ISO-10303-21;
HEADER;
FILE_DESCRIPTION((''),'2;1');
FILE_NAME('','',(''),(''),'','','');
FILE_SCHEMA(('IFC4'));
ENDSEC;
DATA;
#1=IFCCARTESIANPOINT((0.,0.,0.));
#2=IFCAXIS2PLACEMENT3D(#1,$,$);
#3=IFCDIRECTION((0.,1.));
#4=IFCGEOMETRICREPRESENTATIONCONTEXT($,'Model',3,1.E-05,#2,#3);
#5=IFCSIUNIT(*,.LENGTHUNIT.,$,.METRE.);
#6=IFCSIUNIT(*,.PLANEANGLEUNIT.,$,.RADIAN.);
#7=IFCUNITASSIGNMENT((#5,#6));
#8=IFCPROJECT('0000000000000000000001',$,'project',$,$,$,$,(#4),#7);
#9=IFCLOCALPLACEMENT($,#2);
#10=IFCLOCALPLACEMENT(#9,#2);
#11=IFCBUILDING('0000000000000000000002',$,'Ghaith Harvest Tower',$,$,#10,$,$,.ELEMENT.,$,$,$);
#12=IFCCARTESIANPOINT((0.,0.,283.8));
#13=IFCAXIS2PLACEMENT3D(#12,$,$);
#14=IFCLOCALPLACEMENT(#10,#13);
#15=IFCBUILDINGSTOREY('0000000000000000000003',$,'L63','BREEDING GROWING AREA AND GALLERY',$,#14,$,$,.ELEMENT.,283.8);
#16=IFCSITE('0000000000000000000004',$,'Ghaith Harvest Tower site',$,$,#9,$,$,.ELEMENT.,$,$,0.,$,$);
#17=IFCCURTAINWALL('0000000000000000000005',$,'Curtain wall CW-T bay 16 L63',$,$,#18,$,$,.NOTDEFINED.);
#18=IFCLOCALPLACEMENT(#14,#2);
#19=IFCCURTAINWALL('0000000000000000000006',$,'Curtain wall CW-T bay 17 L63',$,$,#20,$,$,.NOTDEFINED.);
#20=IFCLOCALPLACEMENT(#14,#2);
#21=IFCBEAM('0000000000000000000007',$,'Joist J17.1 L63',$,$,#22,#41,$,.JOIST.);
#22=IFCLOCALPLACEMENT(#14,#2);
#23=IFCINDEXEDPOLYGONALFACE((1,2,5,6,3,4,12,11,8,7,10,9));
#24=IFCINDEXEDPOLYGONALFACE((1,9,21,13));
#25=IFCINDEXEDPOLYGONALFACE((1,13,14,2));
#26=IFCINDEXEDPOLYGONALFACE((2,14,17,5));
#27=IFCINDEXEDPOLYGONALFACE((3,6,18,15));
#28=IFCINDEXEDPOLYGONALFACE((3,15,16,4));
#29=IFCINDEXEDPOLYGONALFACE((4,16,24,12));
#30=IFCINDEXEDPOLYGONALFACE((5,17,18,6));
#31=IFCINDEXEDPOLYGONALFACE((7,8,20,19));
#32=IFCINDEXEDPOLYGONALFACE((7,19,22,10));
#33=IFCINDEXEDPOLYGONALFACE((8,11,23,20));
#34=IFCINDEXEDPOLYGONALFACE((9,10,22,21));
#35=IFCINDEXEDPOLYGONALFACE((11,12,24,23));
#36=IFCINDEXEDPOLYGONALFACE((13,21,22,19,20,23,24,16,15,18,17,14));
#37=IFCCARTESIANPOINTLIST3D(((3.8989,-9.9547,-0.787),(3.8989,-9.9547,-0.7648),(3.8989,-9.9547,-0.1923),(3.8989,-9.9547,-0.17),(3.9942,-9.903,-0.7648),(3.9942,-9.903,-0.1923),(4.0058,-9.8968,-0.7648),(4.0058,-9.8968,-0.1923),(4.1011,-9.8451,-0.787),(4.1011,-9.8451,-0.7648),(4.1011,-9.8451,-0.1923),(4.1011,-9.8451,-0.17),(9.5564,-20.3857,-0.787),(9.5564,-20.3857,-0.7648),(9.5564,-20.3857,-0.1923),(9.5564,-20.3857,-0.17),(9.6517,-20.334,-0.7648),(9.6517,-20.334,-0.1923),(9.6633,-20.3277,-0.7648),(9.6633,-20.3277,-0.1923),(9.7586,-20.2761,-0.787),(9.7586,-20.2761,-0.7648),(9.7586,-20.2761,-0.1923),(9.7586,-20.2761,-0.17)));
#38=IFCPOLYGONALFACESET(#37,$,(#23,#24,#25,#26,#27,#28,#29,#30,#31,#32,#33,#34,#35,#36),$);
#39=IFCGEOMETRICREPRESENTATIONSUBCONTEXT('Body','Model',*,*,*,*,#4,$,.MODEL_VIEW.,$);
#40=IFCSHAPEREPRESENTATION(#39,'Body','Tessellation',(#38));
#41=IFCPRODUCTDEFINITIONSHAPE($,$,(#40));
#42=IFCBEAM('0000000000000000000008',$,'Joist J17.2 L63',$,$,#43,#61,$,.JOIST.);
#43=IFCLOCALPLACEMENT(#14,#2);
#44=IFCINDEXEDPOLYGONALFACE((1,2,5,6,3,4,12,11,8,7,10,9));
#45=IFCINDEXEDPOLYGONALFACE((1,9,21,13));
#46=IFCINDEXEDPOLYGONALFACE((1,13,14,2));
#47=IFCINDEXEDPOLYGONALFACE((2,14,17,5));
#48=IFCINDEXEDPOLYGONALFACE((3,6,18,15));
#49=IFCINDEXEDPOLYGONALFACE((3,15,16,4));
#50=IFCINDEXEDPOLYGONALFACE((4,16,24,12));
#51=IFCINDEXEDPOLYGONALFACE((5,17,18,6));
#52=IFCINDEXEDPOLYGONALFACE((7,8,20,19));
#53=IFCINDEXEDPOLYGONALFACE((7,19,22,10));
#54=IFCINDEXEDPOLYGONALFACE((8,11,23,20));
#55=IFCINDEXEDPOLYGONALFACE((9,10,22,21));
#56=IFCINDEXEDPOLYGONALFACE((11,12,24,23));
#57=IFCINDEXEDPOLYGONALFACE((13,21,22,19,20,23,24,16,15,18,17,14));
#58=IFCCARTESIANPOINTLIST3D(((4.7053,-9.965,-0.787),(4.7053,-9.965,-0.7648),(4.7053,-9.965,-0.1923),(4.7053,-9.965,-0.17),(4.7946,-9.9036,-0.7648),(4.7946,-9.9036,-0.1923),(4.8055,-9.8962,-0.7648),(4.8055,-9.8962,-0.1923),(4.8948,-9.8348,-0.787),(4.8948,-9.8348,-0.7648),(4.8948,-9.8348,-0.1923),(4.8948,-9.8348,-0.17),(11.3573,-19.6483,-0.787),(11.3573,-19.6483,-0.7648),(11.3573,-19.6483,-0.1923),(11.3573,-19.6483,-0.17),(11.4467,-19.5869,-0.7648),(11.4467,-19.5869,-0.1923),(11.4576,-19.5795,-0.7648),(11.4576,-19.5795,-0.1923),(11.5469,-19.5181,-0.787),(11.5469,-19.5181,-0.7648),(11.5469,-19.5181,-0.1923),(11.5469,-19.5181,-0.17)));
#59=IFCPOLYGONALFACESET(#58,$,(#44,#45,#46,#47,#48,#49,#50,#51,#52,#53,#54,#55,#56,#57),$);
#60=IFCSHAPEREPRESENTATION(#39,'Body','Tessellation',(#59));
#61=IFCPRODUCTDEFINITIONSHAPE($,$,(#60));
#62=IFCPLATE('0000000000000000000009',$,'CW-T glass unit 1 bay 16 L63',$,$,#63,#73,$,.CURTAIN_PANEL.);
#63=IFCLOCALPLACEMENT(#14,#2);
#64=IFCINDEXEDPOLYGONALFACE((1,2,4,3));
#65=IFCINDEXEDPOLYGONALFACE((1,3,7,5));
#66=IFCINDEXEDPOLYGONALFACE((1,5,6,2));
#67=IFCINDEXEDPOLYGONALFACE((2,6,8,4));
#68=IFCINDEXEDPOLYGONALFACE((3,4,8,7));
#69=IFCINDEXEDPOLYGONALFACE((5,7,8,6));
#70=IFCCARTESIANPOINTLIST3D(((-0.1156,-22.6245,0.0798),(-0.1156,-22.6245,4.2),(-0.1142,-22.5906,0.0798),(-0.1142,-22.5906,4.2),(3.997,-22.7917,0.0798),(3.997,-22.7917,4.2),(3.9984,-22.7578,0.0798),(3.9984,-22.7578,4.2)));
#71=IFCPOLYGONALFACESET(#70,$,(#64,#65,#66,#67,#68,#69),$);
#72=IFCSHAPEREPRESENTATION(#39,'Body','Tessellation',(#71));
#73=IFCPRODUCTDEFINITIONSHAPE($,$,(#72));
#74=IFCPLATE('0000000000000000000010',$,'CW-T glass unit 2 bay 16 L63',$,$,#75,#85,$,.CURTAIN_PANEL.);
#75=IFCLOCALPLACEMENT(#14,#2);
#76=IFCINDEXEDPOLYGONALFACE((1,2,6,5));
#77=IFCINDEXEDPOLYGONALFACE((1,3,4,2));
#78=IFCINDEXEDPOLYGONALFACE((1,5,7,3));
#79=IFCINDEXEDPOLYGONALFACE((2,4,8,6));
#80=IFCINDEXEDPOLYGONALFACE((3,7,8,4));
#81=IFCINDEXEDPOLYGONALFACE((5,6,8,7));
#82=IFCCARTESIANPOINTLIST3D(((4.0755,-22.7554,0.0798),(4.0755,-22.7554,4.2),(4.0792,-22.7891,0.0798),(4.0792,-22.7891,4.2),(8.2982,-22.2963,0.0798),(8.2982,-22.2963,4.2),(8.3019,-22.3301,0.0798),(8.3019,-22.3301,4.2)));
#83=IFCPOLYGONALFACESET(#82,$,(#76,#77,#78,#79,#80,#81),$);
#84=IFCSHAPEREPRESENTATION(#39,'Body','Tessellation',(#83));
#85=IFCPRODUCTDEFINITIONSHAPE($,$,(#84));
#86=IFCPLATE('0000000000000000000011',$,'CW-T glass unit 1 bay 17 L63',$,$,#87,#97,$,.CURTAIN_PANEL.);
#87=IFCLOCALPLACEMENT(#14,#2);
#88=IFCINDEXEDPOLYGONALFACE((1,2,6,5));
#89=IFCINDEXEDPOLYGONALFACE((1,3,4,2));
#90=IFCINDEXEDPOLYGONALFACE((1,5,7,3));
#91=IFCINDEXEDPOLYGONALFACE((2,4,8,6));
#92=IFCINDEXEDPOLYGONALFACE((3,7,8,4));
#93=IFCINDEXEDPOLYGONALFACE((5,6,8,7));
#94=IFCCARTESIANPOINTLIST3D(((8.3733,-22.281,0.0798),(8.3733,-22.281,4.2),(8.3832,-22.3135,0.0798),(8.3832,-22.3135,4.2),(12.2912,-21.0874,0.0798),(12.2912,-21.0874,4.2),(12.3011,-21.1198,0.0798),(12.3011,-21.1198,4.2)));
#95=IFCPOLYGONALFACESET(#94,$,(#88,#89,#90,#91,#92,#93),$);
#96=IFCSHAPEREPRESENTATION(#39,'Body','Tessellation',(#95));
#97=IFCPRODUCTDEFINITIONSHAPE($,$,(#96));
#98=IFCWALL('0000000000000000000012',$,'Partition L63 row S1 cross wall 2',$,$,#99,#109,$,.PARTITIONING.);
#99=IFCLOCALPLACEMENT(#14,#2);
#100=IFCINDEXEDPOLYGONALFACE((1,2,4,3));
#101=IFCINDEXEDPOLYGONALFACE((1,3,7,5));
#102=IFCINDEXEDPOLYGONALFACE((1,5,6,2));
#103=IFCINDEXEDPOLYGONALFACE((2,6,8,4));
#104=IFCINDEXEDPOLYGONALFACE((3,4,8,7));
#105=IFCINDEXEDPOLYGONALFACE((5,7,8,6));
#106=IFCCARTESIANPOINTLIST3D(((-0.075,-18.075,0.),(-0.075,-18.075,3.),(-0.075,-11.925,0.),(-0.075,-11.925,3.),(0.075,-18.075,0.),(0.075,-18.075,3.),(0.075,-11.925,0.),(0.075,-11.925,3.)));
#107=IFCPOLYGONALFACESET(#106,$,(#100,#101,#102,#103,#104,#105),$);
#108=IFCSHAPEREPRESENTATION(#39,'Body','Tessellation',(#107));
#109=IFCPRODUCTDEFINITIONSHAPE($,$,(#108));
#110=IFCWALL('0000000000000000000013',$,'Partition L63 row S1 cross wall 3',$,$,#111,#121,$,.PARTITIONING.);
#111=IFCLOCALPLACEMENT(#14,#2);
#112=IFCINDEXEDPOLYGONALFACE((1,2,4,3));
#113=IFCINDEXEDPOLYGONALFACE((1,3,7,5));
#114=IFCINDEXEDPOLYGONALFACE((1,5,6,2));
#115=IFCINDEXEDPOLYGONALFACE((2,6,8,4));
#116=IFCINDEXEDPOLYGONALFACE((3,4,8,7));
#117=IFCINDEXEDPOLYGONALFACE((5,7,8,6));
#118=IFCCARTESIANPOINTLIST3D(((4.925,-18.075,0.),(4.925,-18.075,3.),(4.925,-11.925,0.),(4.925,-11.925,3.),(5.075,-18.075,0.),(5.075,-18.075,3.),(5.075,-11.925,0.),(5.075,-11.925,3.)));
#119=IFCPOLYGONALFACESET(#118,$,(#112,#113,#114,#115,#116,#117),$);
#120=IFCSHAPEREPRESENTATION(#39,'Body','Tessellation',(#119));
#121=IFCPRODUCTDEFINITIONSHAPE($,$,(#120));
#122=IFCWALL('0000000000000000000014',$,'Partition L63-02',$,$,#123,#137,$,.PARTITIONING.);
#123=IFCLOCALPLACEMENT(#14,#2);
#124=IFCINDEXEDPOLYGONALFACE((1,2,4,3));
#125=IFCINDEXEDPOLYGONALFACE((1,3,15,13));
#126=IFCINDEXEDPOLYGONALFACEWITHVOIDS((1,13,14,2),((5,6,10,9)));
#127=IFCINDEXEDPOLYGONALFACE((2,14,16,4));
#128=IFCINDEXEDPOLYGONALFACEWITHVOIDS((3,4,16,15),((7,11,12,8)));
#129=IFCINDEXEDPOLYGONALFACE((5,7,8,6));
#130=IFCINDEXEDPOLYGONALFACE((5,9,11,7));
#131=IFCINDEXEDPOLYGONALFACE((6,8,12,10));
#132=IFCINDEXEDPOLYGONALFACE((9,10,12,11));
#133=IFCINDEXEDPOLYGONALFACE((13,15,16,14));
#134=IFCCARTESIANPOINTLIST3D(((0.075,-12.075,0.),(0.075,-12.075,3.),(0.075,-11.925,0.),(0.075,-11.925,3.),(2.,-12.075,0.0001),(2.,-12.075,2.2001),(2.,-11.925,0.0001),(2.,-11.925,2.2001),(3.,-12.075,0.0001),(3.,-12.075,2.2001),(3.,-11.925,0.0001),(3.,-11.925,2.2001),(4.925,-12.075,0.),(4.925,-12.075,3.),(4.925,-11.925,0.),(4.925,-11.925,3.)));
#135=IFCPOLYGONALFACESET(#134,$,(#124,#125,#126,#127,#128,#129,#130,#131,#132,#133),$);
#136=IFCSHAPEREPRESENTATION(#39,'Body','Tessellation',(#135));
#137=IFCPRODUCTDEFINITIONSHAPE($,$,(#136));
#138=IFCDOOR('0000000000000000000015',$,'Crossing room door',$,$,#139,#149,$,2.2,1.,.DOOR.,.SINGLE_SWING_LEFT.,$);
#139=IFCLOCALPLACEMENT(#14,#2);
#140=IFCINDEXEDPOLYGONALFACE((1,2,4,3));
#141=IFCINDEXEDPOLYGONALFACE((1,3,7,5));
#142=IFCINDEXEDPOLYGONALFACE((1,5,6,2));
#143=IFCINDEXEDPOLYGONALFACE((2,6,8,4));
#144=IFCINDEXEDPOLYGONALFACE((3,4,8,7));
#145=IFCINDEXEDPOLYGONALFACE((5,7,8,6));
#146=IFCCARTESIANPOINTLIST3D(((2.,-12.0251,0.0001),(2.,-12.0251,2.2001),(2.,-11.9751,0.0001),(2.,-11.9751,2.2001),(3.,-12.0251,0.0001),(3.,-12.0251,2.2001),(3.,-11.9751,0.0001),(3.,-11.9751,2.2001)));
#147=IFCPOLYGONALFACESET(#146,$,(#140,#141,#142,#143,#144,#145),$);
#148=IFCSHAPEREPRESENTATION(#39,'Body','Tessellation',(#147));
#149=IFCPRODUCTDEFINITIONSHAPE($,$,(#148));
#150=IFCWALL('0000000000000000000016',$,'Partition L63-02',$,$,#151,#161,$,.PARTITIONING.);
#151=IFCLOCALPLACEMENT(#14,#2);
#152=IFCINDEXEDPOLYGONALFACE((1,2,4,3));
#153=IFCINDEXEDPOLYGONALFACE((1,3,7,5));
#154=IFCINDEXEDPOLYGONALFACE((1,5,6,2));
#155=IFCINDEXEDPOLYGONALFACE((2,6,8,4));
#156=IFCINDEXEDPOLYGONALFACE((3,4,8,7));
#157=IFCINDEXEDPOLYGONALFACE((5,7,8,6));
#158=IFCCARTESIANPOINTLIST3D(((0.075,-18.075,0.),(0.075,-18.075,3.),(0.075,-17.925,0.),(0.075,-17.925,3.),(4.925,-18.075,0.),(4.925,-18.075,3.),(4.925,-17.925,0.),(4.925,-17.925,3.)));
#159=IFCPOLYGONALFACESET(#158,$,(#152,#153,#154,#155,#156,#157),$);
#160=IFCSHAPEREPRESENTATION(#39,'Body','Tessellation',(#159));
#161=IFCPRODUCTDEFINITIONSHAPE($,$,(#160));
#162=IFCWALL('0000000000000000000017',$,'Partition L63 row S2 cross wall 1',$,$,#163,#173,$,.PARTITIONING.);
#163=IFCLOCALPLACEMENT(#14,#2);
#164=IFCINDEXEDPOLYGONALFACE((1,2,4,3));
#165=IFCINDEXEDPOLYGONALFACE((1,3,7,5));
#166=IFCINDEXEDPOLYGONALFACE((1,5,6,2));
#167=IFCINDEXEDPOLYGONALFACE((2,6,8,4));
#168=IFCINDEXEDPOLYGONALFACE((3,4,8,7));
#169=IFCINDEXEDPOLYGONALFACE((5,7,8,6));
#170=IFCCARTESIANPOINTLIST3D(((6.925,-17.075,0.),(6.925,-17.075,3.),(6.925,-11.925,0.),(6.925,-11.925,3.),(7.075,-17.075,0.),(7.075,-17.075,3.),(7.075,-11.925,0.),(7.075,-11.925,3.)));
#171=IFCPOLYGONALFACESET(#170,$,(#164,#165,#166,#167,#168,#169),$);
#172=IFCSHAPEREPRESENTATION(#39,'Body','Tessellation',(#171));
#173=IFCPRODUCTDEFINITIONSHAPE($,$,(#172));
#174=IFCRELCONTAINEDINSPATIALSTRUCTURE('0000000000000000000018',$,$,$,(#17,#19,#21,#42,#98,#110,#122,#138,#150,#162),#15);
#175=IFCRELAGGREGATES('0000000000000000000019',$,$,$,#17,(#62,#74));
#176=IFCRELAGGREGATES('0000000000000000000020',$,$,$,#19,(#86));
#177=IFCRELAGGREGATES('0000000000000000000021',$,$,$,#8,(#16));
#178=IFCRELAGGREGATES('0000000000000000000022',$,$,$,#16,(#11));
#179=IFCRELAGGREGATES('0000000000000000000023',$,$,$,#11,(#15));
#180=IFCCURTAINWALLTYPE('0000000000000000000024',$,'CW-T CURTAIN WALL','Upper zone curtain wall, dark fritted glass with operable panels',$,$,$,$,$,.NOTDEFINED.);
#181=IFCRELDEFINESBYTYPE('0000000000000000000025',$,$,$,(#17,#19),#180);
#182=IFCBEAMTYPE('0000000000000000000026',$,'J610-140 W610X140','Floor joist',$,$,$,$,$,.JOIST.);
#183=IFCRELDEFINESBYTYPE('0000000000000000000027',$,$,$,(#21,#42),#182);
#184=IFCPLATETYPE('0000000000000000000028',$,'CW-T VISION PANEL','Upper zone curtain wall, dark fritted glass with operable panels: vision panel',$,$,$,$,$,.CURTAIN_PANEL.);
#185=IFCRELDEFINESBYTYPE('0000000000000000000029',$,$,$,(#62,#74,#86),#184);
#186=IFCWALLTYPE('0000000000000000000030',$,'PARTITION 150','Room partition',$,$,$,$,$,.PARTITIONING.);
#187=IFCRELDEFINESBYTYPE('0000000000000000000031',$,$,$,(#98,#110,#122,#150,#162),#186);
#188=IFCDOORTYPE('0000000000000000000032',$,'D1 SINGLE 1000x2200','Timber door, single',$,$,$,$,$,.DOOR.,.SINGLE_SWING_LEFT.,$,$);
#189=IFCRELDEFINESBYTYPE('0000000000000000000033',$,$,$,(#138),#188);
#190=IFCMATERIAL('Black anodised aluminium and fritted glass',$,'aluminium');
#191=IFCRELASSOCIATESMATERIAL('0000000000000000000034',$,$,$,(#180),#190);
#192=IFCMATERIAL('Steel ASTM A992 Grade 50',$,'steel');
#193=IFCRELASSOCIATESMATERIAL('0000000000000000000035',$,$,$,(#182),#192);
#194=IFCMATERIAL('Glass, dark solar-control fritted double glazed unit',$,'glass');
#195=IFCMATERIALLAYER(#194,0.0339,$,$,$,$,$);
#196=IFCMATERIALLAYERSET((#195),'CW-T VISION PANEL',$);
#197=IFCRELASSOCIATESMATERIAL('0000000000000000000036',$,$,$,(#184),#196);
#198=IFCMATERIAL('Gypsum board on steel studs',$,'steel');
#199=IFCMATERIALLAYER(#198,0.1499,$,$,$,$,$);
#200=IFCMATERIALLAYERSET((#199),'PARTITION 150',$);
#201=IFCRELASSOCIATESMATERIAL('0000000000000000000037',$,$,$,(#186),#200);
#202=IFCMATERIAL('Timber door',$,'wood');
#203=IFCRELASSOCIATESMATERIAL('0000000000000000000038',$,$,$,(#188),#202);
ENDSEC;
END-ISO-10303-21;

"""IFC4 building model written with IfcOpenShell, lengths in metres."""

from ifc_helpers import new_model, si_unit, direction, frame, frame_2d, origin, origin_2d, place, context, subcontext, project, spatial, rectangle, i_section, extrude, material, layer, layer_set, material_profile, profile_set, type_object, element, fill, aggregate, save


model = new_model("IFC4")

# Units and contexts
model_context = context("Model", 3, precision=1e-05, world=origin(), true_north=direction((0.0, 1.0)))
body_context = subcontext(model_context, "Body", "Model", "MODEL_VIEW")
ifc_project = project(units=[si_unit("LENGTHUNIT", "METRE"), si_unit("PLANEANGLEUNIT", "RADIAN")], contexts=[model_context])

# Site, building, storey
site_placement = place(None, origin())
site = spatial("IfcSite", under=ifc_project, at=site_placement, Name="Ghaith Harvest Tower site", CompositionType="ELEMENT", RefElevation=0.0)
building_placement = place(site_placement, origin())
building = spatial("IfcBuilding", under=site, at=building_placement, Name="Ghaith Harvest Tower", CompositionType="ELEMENT")
storey_placement = place(building_placement, frame((0.0, 0.0, 283.8)))
storey = spatial("IfcBuildingStorey", under=building, at=storey_placement, Name="L63", Description="BREEDING GROWING AREA AND GALLERY", CompositionType="ELEMENT", Elevation=283.8)

# Curtain walls
ifc_material_1 = material(Name="Black anodised aluminium and fritted glass", Category="aluminium")
curtain_wall_type = type_object("IfcCurtainWallType", Name="CW-T CURTAIN WALL", Description="Upper zone curtain wall, dark fritted glass with operable panels", PredefinedType="NOTDEFINED", material=ifc_material_1)
curtain_wall_1_placement = place(storey_placement, origin())
curtain_wall_1 = element("IfcCurtainWall", 1, at=curtain_wall_1_placement, inside=storey, type_object=curtain_wall_type, Name="Curtain wall CW-T bay 16 L63", PredefinedType="NOTDEFINED")
curtain_wall_2_placement = place(storey_placement, origin())
curtain_wall_2 = element("IfcCurtainWall", 2, at=curtain_wall_2_placement, inside=storey, type_object=curtain_wall_type, Name="Curtain wall CW-T bay 17 L63", PredefinedType="NOTDEFINED")

# Beams
ifc_material_2 = material(Name="Steel ASTM A992 Grade 50", Category="steel")
ifc_material_profile_1 = material_profile(ifc_material_2, i_section(OverallWidth=0.23, OverallDepth=0.6169, WebThickness=0.0132, FlangeThickness=0.0222, at=origin_2d()), Name="W610X140")
ifc_profile_set_1 = profile_set([ifc_material_profile_1], Name="Steel ASTM A992 Grade 50")
beam_type_1 = type_object("IfcBeamType", Name="J610-140 W610X140", Description="Floor joist", PredefinedType="JOIST", material=ifc_profile_set_1)
beam_1_placement = place(storey_placement, frame((4.0, -9.8999, -0.4785), z_axis=(0.476765, -0.879031, 0.0), x_axis=(0.879031, 0.476765, 0.0)))
element("IfcBeam", 3, at=beam_1_placement, inside=storey, type_object=beam_type_1, Name="Joist J17.1 L63", PredefinedType="JOIST", context=body_context, shape_type="SweptSolid", body=[
    extrude(i_section(OverallWidth=0.23, OverallDepth=0.6169, WebThickness=0.0132, FlangeThickness=0.0222, at=origin_2d()), origin(), (0.0, 0.0, 1.0), 11.8665),
])
beam_2_placement = place(storey_placement, frame((4.8, -9.8999, -0.4785), z_axis=(0.566228, -0.824249, 0.0), x_axis=(0.824249, 0.566228, 0.0)))
element("IfcBeam", 4, at=beam_2_placement, inside=storey, type_object=beam_type_1, Name="Joist J17.2 L63", PredefinedType="JOIST", context=body_context, shape_type="SweptSolid", body=[
    extrude(i_section(OverallWidth=0.23, OverallDepth=0.6169, WebThickness=0.0132, FlangeThickness=0.0222, at=origin_2d()), origin(), (0.0, 0.0, 1.0), 11.748),
])

# Plates
ifc_material_3 = material(Name="Glass, dark solar-control fritted double glazed unit", Category="glass")
ifc_layer_1 = layer(ifc_material_3, 0.0339)
ifc_layer_set_1 = layer_set([ifc_layer_1], Name="CW-T VISION PANEL")
plate_type = type_object("IfcPlateType", Name="CW-T VISION PANEL", Description="Upper zone curtain wall, dark fritted glass with operable panels: vision panel", PredefinedType="CURTAIN_PANEL", material=ifc_layer_set_1)
plate_1_placement = place(storey_placement, frame((1.9414, -22.6912, 0.0798), z_axis=(0.0, 0.0, 1.0), x_axis=(0.999174, -0.040638, 0.0)))
plate_1 = element("IfcPlate", 5, at=plate_1_placement, type_object=plate_type, Name="CW-T glass unit 1 bay 16 L63", PredefinedType="CURTAIN_PANEL", context=body_context, shape_type="SweptSolid", body=[
    extrude(rectangle(XDim=4.116, YDim=0.0339, at=origin_2d()), origin(), (0.0, 0.0, 1.0), 4.1201),
])
plate_2_placement = place(storey_placement, frame((6.1887, -22.5427, 0.0798), z_axis=(0.0, 0.0, 1.0), x_axis=(0.994143, 0.108074, 0.0)))
plate_2 = element("IfcPlate", 6, at=plate_2_placement, type_object=plate_type, Name="CW-T glass unit 2 bay 16 L63", PredefinedType="CURTAIN_PANEL", context=body_context, shape_type="SweptSolid", body=[
    extrude(rectangle(XDim=4.2476, YDim=0.0339, at=origin_2d()), origin(), (0.0, 0.0, 1.0), 4.1201),
])
aggregate(curtain_wall_1, [plate_1, plate_2])
plate_3_placement = place(storey_placement, frame((10.3372, -21.7004, 0.0798), z_axis=(0.0, 0.0, 1.0), x_axis=(0.956588, 0.291445, 0.0)))
plate_3 = element("IfcPlate", 7, at=plate_3_placement, type_object=plate_type, Name="CW-T glass unit 1 bay 17 L63", PredefinedType="CURTAIN_PANEL", context=body_context, shape_type="SweptSolid", body=[
    extrude(rectangle(XDim=4.0957, YDim=0.0339, at=origin_2d()), origin(), (0.0, 0.0, 1.0), 4.1201),
])
aggregate(curtain_wall_2, [plate_3])

# Walls
ifc_material_4 = material(Name="Gypsum board on steel studs", Category="steel")
ifc_layer_2 = layer(ifc_material_4, 0.1499)
ifc_layer_set_2 = layer_set([ifc_layer_2], Name="PARTITION 150")
wall_type = type_object("IfcWallType", Name="PARTITION 150", Description="Room partition", PredefinedType="PARTITIONING", material=ifc_layer_set_2)
for number, where, z_axis, x_axis, name in (
    (8, (0.0, -11.925, 0.0), (0.0, 0.0, 1.0), (0.0, -1.0, 0.0), "Partition L63 row S1 cross wall 2"),
    (9, (5.0, -11.925, 0.0), (0.0, 0.0, 1.0), (0.0, -1.0, 0.0), "Partition L63 row S1 cross wall 3"),
):
    element("IfcWall", number, at=place(storey_placement, frame(where, z_axis=z_axis, x_axis=x_axis)), inside=storey, type_object=wall_type, Name=name, PredefinedType="PARTITIONING", context=body_context, shape_type="SweptSolid", body=[
        extrude(rectangle(XDim=6.1499, YDim=0.1499, at=frame_2d((3.075, 0.0))), origin(), (0.0, 0.0, 1.0), 3.0),
    ])

# Wall, opening, door
wall_1_placement = place(storey_placement, frame((0.075, -12.0, 0.0), z_axis=(0.0, 0.0, 1.0), x_axis=(1.0, 0.0, 0.0)))
wall_1 = element("IfcWall", 10, at=wall_1_placement, inside=storey, type_object=wall_type, Name="Partition L63-02", PredefinedType="PARTITIONING", context=body_context, shape_type="SweptSolid", body=[
    extrude(rectangle(XDim=4.8501, YDim=0.1499, at=frame_2d((2.425, 0.0))), origin(), (0.0, 0.0, 1.0), 3.0),
])
opening_1_placement = place(wall_1_placement, frame((1.925, 0.0, 0.0)))
opening_1 = element("IfcOpeningElement", 11, at=opening_1_placement, cuts=wall_1, PredefinedType="OPENING", context=body_context, shape_type="SweptSolid", body=[
    extrude(rectangle(XDim=1.0, YDim=2.2, at=frame_2d((0.5, 1.1001))), frame((0.0, 0.085, 0.0), z_axis=(0.0, -1.0, 0.0), x_axis=(1.0, 0.0, 0.0)), (0.0, 0.0, 1.0), 0.1699),
])
ifc_material_5 = material(Name="Timber door", Category="wood")
door_type = type_object("IfcDoorType", Name="D1 SINGLE 1000x2200", Description="Timber door, single", OperationType="SINGLE_SWING_LEFT", PredefinedType="DOOR", material=ifc_material_5)
door_1_placement = place(opening_1_placement, origin())
door_1 = element("IfcDoor", 12, at=door_1_placement, inside=storey, type_object=door_type, Name="Crossing room door", OperationType="SINGLE_SWING_LEFT", OverallHeight=2.2, OverallWidth=1.0, PredefinedType="DOOR", context=body_context, shape_type="SweptSolid", body=[
    extrude(rectangle(XDim=1.0, YDim=2.2, at=frame_2d((0.5, 1.1001))), frame((0.0, 0.0249, 0.0), z_axis=(0.0, -1.0, 0.0), x_axis=(1.0, 0.0, 0.0)), (0.0, 0.0, 1.0), 0.05),
])
fill(opening_1, door_1)

# Walls
wall_2_placement = place(storey_placement, frame((0.075, -18.0, 0.0), z_axis=(0.0, 0.0, 1.0), x_axis=(1.0, 0.0, 0.0)))
element("IfcWall", 13, at=wall_2_placement, inside=storey, type_object=wall_type, Name="Partition L63-02", PredefinedType="PARTITIONING", context=body_context, shape_type="SweptSolid", body=[
    extrude(rectangle(XDim=4.8501, YDim=0.1499, at=frame_2d((2.425, 0.0))), origin(), (0.0, 0.0, 1.0), 3.0),
])
wall_3_placement = place(storey_placement, frame((7.0, -11.925, 0.0), z_axis=(0.0, 0.0, 1.0), x_axis=(0.0, -1.0, 0.0)))
element("IfcWall", 14, at=wall_3_placement, inside=storey, type_object=wall_type, Name="Partition L63 row S2 cross wall 1", PredefinedType="PARTITIONING", context=body_context, shape_type="SweptSolid", body=[
    extrude(rectangle(XDim=5.1499, YDim=0.1499, at=frame_2d((2.575, 0.0))), origin(), (0.0, 0.0, 1.0), 3.0),
])

save(model, "model.ifc")
